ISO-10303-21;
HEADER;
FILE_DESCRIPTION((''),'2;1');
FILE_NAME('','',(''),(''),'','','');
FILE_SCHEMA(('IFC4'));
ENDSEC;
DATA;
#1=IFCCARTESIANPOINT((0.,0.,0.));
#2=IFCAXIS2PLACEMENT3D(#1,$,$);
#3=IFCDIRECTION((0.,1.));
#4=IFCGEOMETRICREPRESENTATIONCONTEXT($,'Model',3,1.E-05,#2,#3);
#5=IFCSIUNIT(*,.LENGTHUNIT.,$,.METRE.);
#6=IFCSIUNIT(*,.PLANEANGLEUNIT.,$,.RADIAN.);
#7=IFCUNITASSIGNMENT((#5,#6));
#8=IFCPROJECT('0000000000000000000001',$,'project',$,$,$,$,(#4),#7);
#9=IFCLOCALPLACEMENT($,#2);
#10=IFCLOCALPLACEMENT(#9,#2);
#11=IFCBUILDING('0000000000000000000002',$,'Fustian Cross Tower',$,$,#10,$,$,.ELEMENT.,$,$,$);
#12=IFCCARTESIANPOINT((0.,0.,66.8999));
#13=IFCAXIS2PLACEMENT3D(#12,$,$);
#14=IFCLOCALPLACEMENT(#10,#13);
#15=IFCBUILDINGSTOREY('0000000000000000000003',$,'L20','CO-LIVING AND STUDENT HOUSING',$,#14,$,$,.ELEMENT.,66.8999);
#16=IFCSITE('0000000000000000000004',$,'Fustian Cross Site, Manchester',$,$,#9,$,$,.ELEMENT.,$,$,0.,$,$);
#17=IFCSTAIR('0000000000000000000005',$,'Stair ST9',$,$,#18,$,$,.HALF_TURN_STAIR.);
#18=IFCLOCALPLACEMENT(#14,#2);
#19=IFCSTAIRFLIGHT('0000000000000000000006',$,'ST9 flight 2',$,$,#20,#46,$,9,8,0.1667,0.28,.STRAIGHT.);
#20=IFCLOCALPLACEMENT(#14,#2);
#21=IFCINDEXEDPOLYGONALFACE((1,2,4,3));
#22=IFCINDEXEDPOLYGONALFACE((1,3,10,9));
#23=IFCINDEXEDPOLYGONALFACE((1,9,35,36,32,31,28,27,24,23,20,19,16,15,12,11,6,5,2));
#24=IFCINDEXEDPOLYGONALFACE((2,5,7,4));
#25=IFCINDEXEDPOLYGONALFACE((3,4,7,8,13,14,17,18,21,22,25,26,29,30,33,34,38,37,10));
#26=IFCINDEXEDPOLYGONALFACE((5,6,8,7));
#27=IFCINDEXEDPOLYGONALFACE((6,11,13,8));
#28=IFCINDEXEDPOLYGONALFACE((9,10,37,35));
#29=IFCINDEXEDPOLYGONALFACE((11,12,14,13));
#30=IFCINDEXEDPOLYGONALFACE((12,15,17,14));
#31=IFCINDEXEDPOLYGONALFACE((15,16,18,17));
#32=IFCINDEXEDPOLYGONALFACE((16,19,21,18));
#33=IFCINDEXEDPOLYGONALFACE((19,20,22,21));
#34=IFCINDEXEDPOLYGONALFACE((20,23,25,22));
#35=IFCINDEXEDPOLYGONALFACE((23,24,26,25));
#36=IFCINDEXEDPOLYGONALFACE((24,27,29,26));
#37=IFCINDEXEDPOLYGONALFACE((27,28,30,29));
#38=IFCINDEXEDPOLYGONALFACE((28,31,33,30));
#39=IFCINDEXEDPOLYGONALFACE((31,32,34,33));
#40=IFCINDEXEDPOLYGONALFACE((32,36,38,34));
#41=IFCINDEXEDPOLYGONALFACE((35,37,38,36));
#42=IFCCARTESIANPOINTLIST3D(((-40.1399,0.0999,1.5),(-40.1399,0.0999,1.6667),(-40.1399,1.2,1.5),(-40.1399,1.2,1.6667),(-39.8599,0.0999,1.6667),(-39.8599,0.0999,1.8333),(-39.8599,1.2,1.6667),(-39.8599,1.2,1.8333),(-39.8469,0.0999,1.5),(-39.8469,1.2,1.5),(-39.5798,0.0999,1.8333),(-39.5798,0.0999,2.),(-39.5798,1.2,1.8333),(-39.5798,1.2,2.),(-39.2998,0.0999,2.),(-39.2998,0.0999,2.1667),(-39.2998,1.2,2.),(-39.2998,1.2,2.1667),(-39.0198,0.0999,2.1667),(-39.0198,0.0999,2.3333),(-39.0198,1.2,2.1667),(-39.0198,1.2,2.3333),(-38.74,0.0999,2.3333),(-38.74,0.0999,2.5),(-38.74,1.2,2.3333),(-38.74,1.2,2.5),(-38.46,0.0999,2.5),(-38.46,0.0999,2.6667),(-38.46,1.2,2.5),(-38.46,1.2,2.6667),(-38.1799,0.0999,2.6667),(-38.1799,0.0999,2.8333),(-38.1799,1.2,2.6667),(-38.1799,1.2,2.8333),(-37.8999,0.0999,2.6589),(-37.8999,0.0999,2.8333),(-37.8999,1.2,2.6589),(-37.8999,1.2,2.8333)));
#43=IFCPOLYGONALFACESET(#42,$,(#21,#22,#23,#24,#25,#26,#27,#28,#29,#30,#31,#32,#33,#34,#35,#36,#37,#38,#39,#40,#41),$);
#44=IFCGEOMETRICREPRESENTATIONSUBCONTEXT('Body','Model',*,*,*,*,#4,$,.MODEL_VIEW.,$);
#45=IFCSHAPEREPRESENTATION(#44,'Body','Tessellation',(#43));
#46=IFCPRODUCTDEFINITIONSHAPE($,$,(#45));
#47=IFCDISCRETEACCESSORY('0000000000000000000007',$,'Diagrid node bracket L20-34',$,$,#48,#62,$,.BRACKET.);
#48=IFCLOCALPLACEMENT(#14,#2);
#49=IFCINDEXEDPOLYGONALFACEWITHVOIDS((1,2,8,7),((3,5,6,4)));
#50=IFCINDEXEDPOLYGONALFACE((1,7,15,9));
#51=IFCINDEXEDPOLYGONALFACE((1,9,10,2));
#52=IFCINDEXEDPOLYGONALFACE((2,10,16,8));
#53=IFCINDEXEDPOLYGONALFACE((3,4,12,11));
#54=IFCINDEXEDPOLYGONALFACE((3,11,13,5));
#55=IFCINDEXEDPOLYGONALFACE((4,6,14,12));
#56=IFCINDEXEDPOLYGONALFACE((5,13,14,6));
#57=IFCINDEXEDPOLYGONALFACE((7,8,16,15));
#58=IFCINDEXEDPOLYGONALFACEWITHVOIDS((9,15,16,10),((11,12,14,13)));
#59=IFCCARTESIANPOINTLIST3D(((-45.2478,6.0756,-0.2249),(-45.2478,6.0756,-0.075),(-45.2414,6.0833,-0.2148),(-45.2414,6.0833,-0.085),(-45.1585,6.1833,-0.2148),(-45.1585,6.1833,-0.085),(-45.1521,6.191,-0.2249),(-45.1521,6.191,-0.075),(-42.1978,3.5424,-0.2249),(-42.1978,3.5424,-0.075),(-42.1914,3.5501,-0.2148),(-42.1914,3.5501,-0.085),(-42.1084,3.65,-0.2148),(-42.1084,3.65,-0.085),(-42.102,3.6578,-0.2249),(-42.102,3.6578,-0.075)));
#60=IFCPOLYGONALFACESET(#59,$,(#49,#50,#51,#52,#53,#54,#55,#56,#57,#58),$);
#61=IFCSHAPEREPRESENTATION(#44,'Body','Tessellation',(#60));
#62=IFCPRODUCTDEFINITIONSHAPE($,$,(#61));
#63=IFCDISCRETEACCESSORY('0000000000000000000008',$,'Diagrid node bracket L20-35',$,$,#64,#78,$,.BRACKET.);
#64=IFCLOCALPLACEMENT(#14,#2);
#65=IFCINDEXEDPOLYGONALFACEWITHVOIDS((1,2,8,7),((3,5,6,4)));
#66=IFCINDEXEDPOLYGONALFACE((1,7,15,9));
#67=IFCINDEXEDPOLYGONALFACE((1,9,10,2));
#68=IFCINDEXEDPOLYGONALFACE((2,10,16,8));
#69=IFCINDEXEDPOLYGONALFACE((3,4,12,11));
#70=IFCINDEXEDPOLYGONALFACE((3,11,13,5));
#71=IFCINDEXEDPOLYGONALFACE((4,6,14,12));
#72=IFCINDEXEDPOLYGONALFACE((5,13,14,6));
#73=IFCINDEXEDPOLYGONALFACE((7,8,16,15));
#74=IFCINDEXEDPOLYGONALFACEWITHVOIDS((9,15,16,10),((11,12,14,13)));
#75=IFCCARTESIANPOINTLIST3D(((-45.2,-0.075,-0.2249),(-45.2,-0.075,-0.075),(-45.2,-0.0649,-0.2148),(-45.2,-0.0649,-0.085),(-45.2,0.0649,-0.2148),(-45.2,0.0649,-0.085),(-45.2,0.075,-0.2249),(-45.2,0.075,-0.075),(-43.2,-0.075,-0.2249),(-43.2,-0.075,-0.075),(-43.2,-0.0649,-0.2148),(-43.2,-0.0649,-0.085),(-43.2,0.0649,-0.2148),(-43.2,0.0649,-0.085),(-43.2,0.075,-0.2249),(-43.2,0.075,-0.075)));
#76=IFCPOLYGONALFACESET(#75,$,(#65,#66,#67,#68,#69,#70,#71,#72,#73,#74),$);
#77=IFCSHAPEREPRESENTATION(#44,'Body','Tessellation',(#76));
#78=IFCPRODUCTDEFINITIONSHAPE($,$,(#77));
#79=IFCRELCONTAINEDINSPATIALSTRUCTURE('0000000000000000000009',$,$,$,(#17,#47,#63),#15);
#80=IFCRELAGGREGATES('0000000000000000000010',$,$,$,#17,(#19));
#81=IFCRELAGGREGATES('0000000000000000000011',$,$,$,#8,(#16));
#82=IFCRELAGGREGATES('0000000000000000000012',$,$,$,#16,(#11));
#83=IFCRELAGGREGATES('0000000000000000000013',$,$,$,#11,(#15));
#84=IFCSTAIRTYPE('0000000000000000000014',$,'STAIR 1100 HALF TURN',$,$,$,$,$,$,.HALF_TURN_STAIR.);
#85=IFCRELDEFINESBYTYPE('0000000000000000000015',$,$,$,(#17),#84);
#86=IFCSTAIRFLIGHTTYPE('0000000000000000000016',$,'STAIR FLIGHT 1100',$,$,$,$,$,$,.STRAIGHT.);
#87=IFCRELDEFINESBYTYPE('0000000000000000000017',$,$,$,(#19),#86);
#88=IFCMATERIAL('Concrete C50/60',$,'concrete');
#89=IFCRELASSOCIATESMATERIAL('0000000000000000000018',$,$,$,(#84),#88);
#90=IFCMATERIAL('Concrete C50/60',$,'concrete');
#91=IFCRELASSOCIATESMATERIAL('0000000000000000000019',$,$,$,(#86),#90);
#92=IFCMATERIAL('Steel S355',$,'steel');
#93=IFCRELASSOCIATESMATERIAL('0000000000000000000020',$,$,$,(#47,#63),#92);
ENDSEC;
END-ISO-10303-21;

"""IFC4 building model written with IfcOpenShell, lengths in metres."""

from ifc_helpers import new_model, si_unit, direction, frame, origin, origin_2d, place, context, subcontext, project, spatial, polyline, hollow_rectangle, outline, extrude, material, type_object, element, aggregate, save


model = new_model("IFC4")

# Units and contexts
model_context = context("Model", 3, precision=1e-05, world=origin(), true_north=direction((0.0, 1.0)))
body_context = subcontext(model_context, "Body", "Model", "MODEL_VIEW")
ifc_project = project(units=[si_unit("LENGTHUNIT", "METRE"), si_unit("PLANEANGLEUNIT", "RADIAN")], contexts=[model_context])

# Site, building, storey
site_placement = place(None, origin())
site = spatial("IfcSite", under=ifc_project, at=site_placement, Name="Fustian Cross Site, Manchester", CompositionType="ELEMENT", RefElevation=0.0)
building_placement = place(site_placement, origin())
building = spatial("IfcBuilding", under=site, at=building_placement, Name="Fustian Cross Tower", CompositionType="ELEMENT")
storey_placement = place(building_placement, frame((0.0, 0.0, 66.8999)))
storey = spatial("IfcBuildingStorey", under=building, at=storey_placement, Name="L20", Description="CO-LIVING AND STUDENT HOUSING", CompositionType="ELEMENT", Elevation=66.8999)

# Stair, stair flight
ifc_material_1 = material(Name="Concrete C50/60", Category="concrete")
stair_type = type_object("IfcStairType", Name="STAIR 1100 HALF TURN", PredefinedType="HALF_TURN_STAIR", material=ifc_material_1)
stair_placement = place(storey_placement, origin())
stair = element("IfcStair", 1, at=stair_placement, inside=storey, type_object=stair_type, Name="Stair ST9", PredefinedType="HALF_TURN_STAIR")
ifc_material_2 = material(Name="Concrete C50/60", Category="concrete")
stair_flight_type = type_object("IfcStairFlightType", Name="STAIR FLIGHT 1100", PredefinedType="STRAIGHT", material=ifc_material_2)
stair_flight_placement = place(storey_placement, frame((-40.1399, 0.6499, 1.5), z_axis=(0.0, 0.0, 1.0), x_axis=(1.0, 0.0, 0.0)))
stair_flight = element("IfcStairFlight", 2, at=stair_flight_placement, type_object=stair_flight_type, Name="ST9 flight 2", NumberOfRisers=9, NumberOfTreads=8, PredefinedType="STRAIGHT", RiserHeight=0.1667, TreadLength=0.28, context=body_context, shape_type="SweptSolid", body=[
    extrude(outline(polyline([(0.0, 0.0), (0.0, 0.1667), (0.28, 0.1667), (0.28, 0.3333), (0.5601, 0.3333), (0.5601, 0.5), (0.8401, 0.5), (0.8401, 0.6667), (1.1201, 0.6667), (1.1201, 0.8333), (1.3999, 0.8333), (1.3999, 1.0), (1.6799, 1.0), (1.6799, 1.1667), (1.96, 1.1667), (1.96, 1.3333), (2.24, 1.3333), (2.24, 1.5), (2.24, 1.1589), (0.293, 0.0), (0.0, 0.0)])), frame((0.0, 0.55, 0.0), z_axis=(0.0, -1.0, 0.0), x_axis=(1.0, 0.0, 0.0)), (0.0, 0.0, 1.0), 1.1001),
])
aggregate(stair, [stair_flight])

# Discrete accessories
ifc_material_3 = material(Name="Steel S355", Category="steel")
discrete_accessory_1_placement = place(storey_placement, frame((-45.2, 6.1333, -0.1499), z_axis=(0.769275, -0.638918, 0.0), x_axis=(0.638918, 0.769275, 0.0)))
element("IfcDiscreteAccessory", 3, at=discrete_accessory_1_placement, inside=storey, material=ifc_material_3, Name="Diagrid node bracket L20-34", PredefinedType="BRACKET", context=body_context, shape_type="SweptSolid", body=[
    extrude(hollow_rectangle(XDim=0.1499, YDim=0.1499, WallThickness=0.01, at=origin_2d()), origin(), (0.0, 0.0, 1.0), 3.9648),
])
discrete_accessory_2_placement = place(storey_placement, frame((-45.2, 0.0, -0.1499), z_axis=(1.0, 0.0, 0.0), x_axis=(0.0, 1.0, 0.0)))
element("IfcDiscreteAccessory", 4, at=discrete_accessory_2_placement, inside=storey, material=ifc_material_3, Name="Diagrid node bracket L20-35", PredefinedType="BRACKET", context=body_context, shape_type="SweptSolid", body=[
    extrude(hollow_rectangle(XDim=0.1499, YDim=0.1499, WallThickness=0.01, at=origin_2d()), origin(), (0.0, 0.0, 1.0), 2.0),
])

save(model, "model.ifc")
